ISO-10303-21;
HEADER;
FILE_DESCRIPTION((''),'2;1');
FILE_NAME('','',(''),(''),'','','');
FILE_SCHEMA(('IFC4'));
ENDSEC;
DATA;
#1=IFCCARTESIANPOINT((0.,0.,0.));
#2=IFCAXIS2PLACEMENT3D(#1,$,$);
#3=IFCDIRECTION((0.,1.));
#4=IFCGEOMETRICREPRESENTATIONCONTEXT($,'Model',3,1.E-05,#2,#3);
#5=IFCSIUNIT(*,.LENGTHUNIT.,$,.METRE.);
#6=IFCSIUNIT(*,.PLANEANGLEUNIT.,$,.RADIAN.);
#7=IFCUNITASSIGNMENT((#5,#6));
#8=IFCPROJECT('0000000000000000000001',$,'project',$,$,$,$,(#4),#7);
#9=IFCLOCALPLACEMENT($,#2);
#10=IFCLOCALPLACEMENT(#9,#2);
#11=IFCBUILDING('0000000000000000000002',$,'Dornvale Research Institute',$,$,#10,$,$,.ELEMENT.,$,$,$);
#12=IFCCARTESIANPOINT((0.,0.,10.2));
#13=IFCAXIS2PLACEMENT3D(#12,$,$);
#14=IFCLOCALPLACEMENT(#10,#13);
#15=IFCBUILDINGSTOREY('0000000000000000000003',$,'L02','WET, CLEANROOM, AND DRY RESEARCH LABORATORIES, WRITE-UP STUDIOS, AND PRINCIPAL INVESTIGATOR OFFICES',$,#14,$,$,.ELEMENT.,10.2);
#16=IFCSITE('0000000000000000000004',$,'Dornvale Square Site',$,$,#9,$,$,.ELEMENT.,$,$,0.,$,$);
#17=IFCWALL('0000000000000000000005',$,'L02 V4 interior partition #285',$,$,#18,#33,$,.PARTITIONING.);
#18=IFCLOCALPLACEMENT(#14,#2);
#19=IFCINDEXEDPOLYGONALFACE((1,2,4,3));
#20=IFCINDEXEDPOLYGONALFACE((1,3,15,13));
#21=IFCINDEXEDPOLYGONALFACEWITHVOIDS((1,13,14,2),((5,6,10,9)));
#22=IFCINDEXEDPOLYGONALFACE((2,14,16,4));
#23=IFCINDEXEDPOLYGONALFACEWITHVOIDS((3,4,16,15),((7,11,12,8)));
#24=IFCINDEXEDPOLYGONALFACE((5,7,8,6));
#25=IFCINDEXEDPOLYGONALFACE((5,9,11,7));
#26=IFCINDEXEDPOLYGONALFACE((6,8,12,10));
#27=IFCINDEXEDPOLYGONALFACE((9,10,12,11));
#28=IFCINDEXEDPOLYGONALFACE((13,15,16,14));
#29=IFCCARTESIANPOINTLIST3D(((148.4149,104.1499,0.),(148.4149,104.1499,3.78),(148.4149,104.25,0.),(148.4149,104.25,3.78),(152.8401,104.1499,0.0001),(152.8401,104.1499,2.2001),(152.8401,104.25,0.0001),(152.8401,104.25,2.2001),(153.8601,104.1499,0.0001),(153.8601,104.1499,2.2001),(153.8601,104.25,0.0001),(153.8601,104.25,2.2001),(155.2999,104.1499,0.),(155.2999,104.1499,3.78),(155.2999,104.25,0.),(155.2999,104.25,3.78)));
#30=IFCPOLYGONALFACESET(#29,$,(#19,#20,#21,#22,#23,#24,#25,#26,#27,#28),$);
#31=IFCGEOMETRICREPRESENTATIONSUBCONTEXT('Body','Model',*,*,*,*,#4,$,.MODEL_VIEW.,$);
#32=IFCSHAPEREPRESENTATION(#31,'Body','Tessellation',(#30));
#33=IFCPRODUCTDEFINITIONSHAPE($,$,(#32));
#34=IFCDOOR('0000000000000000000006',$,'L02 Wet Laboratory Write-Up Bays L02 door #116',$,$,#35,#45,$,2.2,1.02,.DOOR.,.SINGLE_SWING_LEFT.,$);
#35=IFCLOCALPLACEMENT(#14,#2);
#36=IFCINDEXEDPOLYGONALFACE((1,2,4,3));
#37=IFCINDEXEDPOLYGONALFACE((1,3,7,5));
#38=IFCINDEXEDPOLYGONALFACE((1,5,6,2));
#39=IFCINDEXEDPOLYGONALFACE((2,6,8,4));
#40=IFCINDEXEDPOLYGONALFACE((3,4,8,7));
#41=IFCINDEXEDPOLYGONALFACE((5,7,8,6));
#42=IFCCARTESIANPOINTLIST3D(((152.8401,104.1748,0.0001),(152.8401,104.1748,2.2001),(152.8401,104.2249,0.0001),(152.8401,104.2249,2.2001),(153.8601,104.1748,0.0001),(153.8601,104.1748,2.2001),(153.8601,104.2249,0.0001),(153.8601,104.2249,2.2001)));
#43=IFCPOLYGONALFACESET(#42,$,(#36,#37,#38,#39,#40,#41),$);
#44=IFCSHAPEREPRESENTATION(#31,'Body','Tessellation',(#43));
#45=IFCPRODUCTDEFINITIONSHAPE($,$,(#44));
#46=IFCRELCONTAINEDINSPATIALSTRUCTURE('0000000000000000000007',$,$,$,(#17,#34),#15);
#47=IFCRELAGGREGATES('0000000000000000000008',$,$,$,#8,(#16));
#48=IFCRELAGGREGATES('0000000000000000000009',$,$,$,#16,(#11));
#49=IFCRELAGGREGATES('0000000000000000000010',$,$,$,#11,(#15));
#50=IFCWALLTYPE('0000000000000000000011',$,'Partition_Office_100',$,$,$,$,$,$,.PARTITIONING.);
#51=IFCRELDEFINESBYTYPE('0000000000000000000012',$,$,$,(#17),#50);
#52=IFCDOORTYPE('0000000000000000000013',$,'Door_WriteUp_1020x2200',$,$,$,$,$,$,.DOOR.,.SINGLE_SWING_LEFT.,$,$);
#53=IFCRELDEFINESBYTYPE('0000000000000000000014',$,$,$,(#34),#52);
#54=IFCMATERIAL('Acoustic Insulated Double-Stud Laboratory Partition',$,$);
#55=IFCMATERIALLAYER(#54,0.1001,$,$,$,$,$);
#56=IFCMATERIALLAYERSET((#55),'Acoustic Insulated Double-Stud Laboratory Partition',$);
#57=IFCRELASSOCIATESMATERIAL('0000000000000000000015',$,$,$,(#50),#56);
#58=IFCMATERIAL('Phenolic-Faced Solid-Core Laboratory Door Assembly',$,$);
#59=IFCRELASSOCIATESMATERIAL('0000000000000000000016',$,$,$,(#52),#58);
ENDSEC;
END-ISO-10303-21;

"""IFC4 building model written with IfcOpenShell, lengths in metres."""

from ifc_helpers import new_model, si_unit, direction, frame, frame_2d, origin, place, context, subcontext, project, spatial, rectangle, extrude, material, layer, layer_set, type_object, element, fill, save


model = new_model("IFC4")

# Units and contexts
model_context = context("Model", 3, precision=1e-05, world=origin(), true_north=direction((0.0, 1.0)))
body_context = subcontext(model_context, "Body", "Model", "MODEL_VIEW")
ifc_project = project(units=[si_unit("LENGTHUNIT", "METRE"), si_unit("PLANEANGLEUNIT", "RADIAN")], contexts=[model_context])

# Site, building, storey
site_placement = place(None, origin())
site = spatial("IfcSite", under=ifc_project, at=site_placement, Name="Dornvale Square Site", CompositionType="ELEMENT", RefElevation=0.0)
building_placement = place(site_placement, origin())
building = spatial("IfcBuilding", under=site, at=building_placement, Name="Dornvale Research Institute", CompositionType="ELEMENT")
storey_placement = place(building_placement, frame((0.0, 0.0, 10.2)))
storey = spatial("IfcBuildingStorey", under=building, at=storey_placement, Name="L02", Description="WET, CLEANROOM, AND DRY RESEARCH LABORATORIES, WRITE-UP STUDIOS, AND PRINCIPAL INVESTIGATOR OFFICES", CompositionType="ELEMENT", Elevation=10.2)

# Shared definitions
ifc_material_1 = material(Name="Acoustic Insulated Double-Stud Laboratory Partition")
ifc_layer_1 = layer(ifc_material_1, 0.1001)
ifc_layer_set_1 = layer_set([ifc_layer_1], Name="Acoustic Insulated Double-Stud Laboratory Partition")
wall_type_1 = type_object("IfcWallType", Name="Partition_Office_100", PredefinedType="PARTITIONING", material=ifc_layer_set_1)

# Wall, opening, door
wall_1_placement = place(storey_placement, frame((148.415, 104.2, 0.0), z_axis=(0.0, 0.0, 1.0), x_axis=(1.0, 0.0, 0.0)))
wall_1 = element("IfcWall", 1, at=wall_1_placement, inside=storey, type_object=wall_type_1, Name="L02 V4 interior partition #285", PredefinedType="PARTITIONING", context=body_context, shape_type="SweptSolid", body=[
    extrude(rectangle(XDim=6.885, YDim=0.1001, at=frame_2d((3.4424, 0.0))), origin(), (0.0, 0.0, 1.0), 3.78),
])
opening_1_placement = place(wall_1_placement, frame((4.425, 0.0, 0.0)))
opening_1 = element("IfcOpeningElement", 2, at=opening_1_placement, cuts=wall_1, PredefinedType="OPENING", context=body_context, shape_type="SweptSolid", body=[
    extrude(rectangle(XDim=1.02, YDim=2.2, at=frame_2d((0.51, 1.1001))), frame((0.0, 0.0649, 0.0), z_axis=(0.0, -1.0, 0.0), x_axis=(1.0, 0.0, 0.0)), (0.0, 0.0, 1.0), 0.1301),
])
ifc_material_2 = material(Name="Phenolic-Faced Solid-Core Laboratory Door Assembly")
door_type_1 = type_object("IfcDoorType", Name="Door_WriteUp_1020x2200", OperationType="SINGLE_SWING_LEFT", PredefinedType="DOOR", material=ifc_material_2)
door_1_placement = place(opening_1_placement, origin())
door_1 = element("IfcDoor", 3, at=door_1_placement, inside=storey, type_object=door_type_1, Name="L02 Wet Laboratory Write-Up Bays L02 door #116", OperationType="SINGLE_SWING_LEFT", OverallHeight=2.2, OverallWidth=1.02, PredefinedType="DOOR", context=body_context, shape_type="SweptSolid", body=[
    extrude(rectangle(XDim=1.02, YDim=2.2, at=frame_2d((0.51, 1.1001))), frame((0.0, 0.0249, 0.0), z_axis=(0.0, -1.0, 0.0), x_axis=(1.0, 0.0, 0.0)), (0.0, 0.0, 1.0), 0.05),
])
fill(opening_1, door_1)

save(model, "model.ifc")
